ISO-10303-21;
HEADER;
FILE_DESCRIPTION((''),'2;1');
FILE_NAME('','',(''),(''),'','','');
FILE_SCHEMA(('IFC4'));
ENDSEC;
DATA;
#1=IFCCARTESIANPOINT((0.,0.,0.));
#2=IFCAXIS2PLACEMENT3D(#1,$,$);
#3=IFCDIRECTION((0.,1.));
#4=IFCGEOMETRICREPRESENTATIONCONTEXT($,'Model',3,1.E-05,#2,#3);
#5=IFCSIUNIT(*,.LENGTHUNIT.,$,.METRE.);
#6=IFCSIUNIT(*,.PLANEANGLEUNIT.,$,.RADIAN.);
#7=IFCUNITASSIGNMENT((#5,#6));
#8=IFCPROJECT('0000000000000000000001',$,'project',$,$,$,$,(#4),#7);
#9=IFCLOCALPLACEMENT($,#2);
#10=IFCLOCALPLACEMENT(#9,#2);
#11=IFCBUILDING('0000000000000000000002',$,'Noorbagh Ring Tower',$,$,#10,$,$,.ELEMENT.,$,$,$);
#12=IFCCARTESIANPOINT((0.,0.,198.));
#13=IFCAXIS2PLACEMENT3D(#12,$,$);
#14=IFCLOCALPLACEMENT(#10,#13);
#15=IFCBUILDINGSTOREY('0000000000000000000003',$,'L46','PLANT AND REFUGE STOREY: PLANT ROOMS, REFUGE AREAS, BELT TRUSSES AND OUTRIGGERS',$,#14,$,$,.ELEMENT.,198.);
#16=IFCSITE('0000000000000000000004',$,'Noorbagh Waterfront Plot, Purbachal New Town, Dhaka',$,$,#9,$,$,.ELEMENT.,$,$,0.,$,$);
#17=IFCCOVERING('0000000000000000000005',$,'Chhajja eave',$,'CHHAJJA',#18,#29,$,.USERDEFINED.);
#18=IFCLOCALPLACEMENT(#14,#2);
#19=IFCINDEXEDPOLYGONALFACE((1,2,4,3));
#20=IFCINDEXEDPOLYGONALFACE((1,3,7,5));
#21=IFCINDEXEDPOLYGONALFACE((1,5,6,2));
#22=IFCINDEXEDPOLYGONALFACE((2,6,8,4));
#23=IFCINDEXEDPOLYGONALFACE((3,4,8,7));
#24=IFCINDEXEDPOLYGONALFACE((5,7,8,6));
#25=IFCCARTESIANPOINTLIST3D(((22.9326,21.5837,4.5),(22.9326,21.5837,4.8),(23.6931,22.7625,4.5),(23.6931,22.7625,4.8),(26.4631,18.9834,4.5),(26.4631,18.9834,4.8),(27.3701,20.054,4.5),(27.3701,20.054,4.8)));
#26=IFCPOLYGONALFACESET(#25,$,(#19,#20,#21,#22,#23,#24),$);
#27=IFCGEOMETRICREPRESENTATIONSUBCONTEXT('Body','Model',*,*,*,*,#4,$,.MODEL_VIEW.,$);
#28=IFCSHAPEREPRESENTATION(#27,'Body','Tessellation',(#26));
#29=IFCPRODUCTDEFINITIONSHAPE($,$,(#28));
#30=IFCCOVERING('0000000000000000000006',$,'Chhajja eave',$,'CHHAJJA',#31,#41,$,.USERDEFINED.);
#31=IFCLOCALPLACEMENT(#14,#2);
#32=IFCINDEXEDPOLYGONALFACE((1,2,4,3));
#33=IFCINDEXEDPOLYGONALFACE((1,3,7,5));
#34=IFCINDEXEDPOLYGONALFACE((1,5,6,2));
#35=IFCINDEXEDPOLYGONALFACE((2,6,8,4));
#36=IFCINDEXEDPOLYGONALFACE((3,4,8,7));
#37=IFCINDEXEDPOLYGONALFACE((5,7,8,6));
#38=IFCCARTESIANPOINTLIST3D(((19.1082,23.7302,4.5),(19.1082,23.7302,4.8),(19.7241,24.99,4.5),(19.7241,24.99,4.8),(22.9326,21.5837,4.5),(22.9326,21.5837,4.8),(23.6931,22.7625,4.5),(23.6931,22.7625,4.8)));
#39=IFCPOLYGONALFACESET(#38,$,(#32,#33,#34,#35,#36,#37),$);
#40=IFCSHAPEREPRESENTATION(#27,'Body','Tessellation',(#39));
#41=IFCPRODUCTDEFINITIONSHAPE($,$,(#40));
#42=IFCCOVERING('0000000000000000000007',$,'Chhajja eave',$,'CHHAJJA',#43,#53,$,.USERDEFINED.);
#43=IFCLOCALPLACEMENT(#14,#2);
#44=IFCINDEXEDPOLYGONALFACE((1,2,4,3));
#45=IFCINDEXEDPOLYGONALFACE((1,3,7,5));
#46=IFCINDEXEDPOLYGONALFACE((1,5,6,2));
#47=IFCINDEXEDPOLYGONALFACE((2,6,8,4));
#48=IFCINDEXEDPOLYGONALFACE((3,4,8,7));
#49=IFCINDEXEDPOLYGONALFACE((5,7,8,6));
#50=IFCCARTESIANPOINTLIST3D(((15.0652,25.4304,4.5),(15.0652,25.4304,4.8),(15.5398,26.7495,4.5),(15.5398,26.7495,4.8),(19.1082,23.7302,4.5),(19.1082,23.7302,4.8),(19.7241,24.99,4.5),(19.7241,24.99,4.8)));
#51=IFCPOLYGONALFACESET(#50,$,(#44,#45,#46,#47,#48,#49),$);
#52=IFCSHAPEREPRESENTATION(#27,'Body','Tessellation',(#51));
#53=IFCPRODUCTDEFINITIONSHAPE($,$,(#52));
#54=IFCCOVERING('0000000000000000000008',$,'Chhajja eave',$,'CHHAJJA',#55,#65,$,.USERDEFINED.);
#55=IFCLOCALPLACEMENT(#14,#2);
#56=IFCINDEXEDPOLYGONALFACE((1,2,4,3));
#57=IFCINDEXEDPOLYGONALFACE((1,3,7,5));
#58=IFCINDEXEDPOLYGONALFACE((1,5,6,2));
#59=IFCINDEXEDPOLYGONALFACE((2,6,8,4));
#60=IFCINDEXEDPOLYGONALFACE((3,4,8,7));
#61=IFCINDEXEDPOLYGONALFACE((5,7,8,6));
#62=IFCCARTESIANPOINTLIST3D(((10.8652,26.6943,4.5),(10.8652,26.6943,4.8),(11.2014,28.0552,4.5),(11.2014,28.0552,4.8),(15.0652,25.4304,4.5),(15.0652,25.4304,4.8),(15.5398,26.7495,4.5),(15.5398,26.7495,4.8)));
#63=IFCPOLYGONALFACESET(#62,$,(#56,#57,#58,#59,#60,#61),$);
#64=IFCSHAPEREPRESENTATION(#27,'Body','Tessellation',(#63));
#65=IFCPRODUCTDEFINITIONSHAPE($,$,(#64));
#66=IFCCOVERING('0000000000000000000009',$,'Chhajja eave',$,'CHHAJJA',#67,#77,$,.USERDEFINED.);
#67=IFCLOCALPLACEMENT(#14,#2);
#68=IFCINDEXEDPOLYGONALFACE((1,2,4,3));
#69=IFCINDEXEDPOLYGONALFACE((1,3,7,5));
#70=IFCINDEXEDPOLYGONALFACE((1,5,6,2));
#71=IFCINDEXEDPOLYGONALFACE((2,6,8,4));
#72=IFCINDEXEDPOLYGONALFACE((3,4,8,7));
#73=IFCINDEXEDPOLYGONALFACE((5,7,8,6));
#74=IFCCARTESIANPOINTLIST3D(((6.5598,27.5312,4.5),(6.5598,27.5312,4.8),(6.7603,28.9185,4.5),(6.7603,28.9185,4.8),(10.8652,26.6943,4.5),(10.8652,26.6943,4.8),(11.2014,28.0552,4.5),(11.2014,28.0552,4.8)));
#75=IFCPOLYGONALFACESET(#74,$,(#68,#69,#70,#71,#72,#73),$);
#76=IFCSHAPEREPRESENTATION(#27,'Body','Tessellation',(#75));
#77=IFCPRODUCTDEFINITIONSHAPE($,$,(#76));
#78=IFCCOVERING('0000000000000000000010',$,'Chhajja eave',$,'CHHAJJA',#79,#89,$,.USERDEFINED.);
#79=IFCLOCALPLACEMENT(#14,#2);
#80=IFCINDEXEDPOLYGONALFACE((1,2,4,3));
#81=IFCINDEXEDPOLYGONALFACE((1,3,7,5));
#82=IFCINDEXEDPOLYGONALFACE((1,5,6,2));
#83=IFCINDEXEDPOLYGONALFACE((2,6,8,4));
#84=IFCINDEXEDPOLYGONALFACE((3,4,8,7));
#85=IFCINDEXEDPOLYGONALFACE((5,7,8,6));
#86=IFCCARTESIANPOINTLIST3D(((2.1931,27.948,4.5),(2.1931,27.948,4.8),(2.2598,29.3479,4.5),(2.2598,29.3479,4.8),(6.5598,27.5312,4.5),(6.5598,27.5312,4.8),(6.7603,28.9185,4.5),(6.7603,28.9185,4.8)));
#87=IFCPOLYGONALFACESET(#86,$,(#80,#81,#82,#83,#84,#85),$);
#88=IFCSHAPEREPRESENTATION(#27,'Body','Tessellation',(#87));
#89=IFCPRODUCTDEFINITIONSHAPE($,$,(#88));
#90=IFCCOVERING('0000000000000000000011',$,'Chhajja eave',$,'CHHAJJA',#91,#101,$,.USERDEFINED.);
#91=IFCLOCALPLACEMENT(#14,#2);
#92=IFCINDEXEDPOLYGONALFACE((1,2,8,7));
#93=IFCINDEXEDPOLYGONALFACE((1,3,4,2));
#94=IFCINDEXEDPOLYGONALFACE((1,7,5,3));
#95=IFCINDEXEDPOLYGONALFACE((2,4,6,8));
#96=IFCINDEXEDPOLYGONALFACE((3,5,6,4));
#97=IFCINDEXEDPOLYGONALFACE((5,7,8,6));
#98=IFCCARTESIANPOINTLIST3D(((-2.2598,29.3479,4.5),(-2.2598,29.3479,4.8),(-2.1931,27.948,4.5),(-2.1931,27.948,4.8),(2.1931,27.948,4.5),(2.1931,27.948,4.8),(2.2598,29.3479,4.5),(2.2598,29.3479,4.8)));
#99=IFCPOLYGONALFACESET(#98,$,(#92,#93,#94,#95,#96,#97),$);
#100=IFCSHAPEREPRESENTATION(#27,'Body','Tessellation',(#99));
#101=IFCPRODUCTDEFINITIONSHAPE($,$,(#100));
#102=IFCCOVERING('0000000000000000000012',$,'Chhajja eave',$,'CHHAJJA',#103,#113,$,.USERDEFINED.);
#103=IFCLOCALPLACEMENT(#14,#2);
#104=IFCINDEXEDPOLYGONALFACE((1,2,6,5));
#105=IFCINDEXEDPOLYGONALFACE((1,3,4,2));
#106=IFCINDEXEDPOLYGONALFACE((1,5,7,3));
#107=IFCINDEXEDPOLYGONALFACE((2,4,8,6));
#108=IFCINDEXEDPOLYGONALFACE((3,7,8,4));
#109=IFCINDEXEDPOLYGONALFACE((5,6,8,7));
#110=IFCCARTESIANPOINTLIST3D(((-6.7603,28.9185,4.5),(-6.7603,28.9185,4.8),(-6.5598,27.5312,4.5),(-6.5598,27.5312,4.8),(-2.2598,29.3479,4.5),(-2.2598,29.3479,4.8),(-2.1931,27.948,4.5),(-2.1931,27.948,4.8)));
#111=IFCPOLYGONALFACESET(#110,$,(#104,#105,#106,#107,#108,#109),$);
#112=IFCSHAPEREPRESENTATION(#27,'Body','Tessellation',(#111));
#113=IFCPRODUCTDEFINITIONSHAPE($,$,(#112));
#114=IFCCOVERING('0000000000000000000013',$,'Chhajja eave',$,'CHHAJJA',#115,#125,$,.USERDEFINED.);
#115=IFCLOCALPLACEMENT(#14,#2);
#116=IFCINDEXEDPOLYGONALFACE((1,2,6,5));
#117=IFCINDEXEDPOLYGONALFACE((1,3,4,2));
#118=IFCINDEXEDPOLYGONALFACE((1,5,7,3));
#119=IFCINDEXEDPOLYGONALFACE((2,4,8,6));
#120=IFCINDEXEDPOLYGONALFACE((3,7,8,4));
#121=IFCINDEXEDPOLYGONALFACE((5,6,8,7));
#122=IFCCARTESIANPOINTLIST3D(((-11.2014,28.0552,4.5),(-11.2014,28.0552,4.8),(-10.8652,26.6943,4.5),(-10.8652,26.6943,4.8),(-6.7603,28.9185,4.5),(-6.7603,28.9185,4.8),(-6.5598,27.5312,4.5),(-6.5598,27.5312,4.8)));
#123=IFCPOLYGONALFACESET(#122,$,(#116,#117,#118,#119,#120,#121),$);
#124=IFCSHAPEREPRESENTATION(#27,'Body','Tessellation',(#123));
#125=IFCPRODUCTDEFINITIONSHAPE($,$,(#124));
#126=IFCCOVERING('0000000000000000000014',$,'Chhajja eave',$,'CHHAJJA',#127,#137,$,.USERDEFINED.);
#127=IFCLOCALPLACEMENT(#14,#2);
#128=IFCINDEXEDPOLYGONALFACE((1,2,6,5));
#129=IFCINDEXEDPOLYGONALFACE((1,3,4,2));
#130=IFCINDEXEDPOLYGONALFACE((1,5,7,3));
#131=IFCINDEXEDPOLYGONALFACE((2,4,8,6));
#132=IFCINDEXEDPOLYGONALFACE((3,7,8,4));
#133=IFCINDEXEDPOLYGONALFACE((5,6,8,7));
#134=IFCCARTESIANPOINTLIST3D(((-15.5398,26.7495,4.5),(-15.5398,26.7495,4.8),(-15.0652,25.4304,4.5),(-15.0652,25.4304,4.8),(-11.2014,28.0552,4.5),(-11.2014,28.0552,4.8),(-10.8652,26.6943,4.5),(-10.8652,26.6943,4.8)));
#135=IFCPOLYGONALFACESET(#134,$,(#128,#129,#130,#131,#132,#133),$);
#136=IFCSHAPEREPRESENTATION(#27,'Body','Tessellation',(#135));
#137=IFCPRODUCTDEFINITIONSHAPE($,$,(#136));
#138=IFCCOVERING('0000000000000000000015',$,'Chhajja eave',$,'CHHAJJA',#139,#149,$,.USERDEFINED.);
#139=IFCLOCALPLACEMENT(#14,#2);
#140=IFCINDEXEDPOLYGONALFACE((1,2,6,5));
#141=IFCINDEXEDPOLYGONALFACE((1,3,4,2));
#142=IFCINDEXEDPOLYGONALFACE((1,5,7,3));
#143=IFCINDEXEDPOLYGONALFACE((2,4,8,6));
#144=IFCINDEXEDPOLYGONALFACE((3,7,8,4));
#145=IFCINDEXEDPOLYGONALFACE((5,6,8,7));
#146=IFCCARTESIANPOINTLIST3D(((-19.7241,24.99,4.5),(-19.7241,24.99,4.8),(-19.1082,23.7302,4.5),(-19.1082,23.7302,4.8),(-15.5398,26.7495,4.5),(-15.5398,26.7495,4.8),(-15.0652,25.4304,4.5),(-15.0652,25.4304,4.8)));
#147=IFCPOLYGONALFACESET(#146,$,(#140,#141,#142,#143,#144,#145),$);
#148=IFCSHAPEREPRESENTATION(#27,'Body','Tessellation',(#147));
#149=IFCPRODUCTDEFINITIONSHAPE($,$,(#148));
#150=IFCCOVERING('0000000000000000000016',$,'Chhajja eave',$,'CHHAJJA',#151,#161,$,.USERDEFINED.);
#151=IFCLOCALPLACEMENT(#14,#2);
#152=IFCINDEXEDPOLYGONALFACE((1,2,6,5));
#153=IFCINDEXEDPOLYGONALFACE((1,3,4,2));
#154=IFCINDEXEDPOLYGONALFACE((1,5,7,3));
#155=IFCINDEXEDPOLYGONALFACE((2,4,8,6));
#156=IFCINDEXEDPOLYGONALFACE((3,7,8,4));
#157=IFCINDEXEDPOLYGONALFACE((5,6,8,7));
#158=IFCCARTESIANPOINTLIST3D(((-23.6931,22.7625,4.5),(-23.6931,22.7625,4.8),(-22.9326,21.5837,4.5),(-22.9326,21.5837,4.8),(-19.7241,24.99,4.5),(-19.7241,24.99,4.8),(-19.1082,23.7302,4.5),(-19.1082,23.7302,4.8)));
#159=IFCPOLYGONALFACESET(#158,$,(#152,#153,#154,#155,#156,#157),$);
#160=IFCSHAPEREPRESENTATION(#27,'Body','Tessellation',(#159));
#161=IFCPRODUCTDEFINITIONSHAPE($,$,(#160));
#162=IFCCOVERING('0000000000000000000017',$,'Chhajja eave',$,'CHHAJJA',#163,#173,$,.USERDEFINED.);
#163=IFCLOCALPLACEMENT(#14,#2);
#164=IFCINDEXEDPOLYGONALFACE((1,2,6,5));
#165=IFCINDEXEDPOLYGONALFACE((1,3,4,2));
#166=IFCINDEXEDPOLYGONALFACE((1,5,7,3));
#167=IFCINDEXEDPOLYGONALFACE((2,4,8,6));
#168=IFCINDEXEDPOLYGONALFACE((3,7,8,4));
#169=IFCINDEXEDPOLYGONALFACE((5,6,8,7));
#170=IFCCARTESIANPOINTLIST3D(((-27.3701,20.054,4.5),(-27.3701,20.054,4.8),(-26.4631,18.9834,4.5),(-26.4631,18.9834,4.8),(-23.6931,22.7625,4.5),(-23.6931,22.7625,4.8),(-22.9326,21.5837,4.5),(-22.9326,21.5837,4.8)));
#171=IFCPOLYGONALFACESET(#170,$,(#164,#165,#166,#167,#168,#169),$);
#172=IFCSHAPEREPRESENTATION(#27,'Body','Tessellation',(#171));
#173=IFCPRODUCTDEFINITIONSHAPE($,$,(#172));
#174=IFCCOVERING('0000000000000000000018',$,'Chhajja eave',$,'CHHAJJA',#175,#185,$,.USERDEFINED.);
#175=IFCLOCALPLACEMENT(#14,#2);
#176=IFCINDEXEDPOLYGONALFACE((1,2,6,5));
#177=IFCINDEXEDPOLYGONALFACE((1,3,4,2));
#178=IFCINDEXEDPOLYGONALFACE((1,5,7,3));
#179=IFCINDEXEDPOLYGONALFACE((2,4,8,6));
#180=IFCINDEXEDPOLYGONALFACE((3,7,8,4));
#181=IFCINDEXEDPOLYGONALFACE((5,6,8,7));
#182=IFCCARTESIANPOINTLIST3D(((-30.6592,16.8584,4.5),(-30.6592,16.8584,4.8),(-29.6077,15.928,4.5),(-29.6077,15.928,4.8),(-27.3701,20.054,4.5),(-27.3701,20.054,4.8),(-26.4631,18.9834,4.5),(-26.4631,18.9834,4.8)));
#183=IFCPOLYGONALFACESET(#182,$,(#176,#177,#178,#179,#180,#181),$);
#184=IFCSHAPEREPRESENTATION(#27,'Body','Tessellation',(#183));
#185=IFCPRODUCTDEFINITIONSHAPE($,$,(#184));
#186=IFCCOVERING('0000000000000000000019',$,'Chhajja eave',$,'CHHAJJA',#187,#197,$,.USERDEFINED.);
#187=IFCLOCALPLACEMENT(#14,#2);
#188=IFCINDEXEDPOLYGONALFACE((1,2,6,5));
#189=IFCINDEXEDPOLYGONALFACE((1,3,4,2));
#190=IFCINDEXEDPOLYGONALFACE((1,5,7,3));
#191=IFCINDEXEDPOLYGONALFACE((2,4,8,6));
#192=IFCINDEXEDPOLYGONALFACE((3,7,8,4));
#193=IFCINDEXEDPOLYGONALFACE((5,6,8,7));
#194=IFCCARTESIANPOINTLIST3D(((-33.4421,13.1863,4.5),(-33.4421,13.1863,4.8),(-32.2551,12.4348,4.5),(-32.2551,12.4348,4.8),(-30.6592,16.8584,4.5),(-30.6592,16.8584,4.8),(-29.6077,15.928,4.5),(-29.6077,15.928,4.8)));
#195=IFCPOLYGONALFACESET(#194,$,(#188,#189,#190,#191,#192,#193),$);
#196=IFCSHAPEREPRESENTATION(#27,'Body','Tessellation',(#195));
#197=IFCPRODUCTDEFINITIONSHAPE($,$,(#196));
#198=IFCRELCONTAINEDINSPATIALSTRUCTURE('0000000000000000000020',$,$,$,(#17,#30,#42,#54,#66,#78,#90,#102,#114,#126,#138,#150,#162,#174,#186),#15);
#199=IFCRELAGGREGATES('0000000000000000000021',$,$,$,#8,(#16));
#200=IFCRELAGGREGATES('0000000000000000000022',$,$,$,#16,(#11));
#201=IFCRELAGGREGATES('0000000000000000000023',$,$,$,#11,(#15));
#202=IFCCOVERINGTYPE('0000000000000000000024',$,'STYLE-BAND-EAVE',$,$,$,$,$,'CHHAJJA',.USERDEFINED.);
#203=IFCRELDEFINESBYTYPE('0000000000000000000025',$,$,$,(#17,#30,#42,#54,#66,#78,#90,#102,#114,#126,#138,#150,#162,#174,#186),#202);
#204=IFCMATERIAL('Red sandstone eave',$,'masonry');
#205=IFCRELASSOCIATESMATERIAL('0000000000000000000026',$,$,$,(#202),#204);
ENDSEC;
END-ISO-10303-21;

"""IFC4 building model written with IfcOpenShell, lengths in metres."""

from ifc_helpers import new_model, si_unit, direction, frame, origin, place, context, subcontext, project, spatial, polyline, outline, extrude, material, type_object, element, save


model = new_model("IFC4")

# Units and contexts
model_context = context("Model", 3, precision=1e-05, world=origin(), true_north=direction((0.0, 1.0)))
body_context = subcontext(model_context, "Body", "Model", "MODEL_VIEW")
ifc_project = project(units=[si_unit("LENGTHUNIT", "METRE"), si_unit("PLANEANGLEUNIT", "RADIAN")], contexts=[model_context])

# Site, building, storey
site_placement = place(None, origin())
site = spatial("IfcSite", under=ifc_project, at=site_placement, Name="Noorbagh Waterfront Plot, Purbachal New Town, Dhaka", CompositionType="ELEMENT", RefElevation=0.0)
building_placement = place(site_placement, origin())
building = spatial("IfcBuilding", under=site, at=building_placement, Name="Noorbagh Ring Tower", CompositionType="ELEMENT")
storey_placement = place(building_placement, frame((0.0, 0.0, 198.0)))
storey = spatial("IfcBuildingStorey", under=building, at=storey_placement, Name="L46", Description="PLANT AND REFUGE STOREY: PLANT ROOMS, REFUGE AREAS, BELT TRUSSES AND OUTRIGGERS", CompositionType="ELEMENT", Elevation=198.0)

# Coverings
ifc_material = material(Name="Red sandstone eave", Category="masonry")
covering_type = type_object("IfcCoveringType", Name="STYLE-BAND-EAVE", ElementType="CHHAJJA", PredefinedType="USERDEFINED", material=ifc_material)
covering_1_placement = place(storey_placement, frame((0.0, 0.0, 4.5)))
element("IfcCovering", 1, at=covering_1_placement, inside=storey, type_object=covering_type, Name="Chhajja eave", ObjectType="CHHAJJA", PredefinedType="USERDEFINED", context=body_context, shape_type="SweptSolid", body=[
    extrude(outline(polyline([(26.4631, 18.9834), (22.9326, 21.5837), (23.6931, 22.7625), (27.3701, 20.054), (26.4631, 18.9834)])), origin(), (0.0, 0.0, 1.0), 0.3),
])
covering_2_placement = place(storey_placement, frame((0.0, 0.0, 4.5)))
element("IfcCovering", 2, at=covering_2_placement, inside=storey, type_object=covering_type, Name="Chhajja eave", ObjectType="CHHAJJA", PredefinedType="USERDEFINED", context=body_context, shape_type="SweptSolid", body=[
    extrude(outline(polyline([(22.9326, 21.5837), (19.1082, 23.7302), (19.7241, 24.99), (23.6931, 22.7625), (22.9326, 21.5837)])), origin(), (0.0, 0.0, 1.0), 0.3),
])
covering_3_placement = place(storey_placement, frame((0.0, 0.0, 4.5)))
element("IfcCovering", 3, at=covering_3_placement, inside=storey, type_object=covering_type, Name="Chhajja eave", ObjectType="CHHAJJA", PredefinedType="USERDEFINED", context=body_context, shape_type="SweptSolid", body=[
    extrude(outline(polyline([(19.1082, 23.7302), (15.0652, 25.4304), (15.5398, 26.7495), (19.7241, 24.99), (19.1082, 23.7302)])), origin(), (0.0, 0.0, 1.0), 0.3),
])
covering_4_placement = place(storey_placement, frame((0.0, 0.0, 4.5)))
element("IfcCovering", 4, at=covering_4_placement, inside=storey, type_object=covering_type, Name="Chhajja eave", ObjectType="CHHAJJA", PredefinedType="USERDEFINED", context=body_context, shape_type="SweptSolid", body=[
    extrude(outline(polyline([(15.0652, 25.4304), (10.8652, 26.6943), (11.2014, 28.0552), (15.5398, 26.7495), (15.0652, 25.4304)])), origin(), (0.0, 0.0, 1.0), 0.3),
])
covering_5_placement = place(storey_placement, frame((0.0, 0.0, 4.5)))
element("IfcCovering", 5, at=covering_5_placement, inside=storey, type_object=covering_type, Name="Chhajja eave", ObjectType="CHHAJJA", PredefinedType="USERDEFINED", context=body_context, shape_type="SweptSolid", body=[
    extrude(outline(polyline([(10.8652, 26.6943), (6.5598, 27.5312), (6.7603, 28.9185), (11.2014, 28.0552), (10.8652, 26.6943)])), origin(), (0.0, 0.0, 1.0), 0.3),
])
covering_6_placement = place(storey_placement, frame((0.0, 0.0, 4.5)))
element("IfcCovering", 6, at=covering_6_placement, inside=storey, type_object=covering_type, Name="Chhajja eave", ObjectType="CHHAJJA", PredefinedType="USERDEFINED", context=body_context, shape_type="SweptSolid", body=[
    extrude(outline(polyline([(6.5598, 27.5312), (2.1931, 27.948), (2.2598, 29.3479), (6.7603, 28.9185), (6.5598, 27.5312)])), origin(), (0.0, 0.0, 1.0), 0.3),
])
covering_7_placement = place(storey_placement, frame((0.0, 0.0, 4.5)))
element("IfcCovering", 7, at=covering_7_placement, inside=storey, type_object=covering_type, Name="Chhajja eave", ObjectType="CHHAJJA", PredefinedType="USERDEFINED", context=body_context, shape_type="SweptSolid", body=[
    extrude(outline(polyline([(2.1931, 27.948), (-2.1931, 27.948), (-2.2598, 29.3479), (2.2598, 29.3479), (2.1931, 27.948)])), origin(), (0.0, 0.0, 1.0), 0.3),
])
covering_8_placement = place(storey_placement, frame((0.0, 0.0, 4.5)))
element("IfcCovering", 8, at=covering_8_placement, inside=storey, type_object=covering_type, Name="Chhajja eave", ObjectType="CHHAJJA", PredefinedType="USERDEFINED", context=body_context, shape_type="SweptSolid", body=[
    extrude(outline(polyline([(-2.1931, 27.948), (-6.5598, 27.5312), (-6.7603, 28.9185), (-2.2598, 29.3479), (-2.1931, 27.948)])), origin(), (0.0, 0.0, 1.0), 0.3),
])
covering_9_placement = place(storey_placement, frame((0.0, 0.0, 4.5)))
element("IfcCovering", 9, at=covering_9_placement, inside=storey, type_object=covering_type, Name="Chhajja eave", ObjectType="CHHAJJA", PredefinedType="USERDEFINED", context=body_context, shape_type="SweptSolid", body=[
    extrude(outline(polyline([(-6.5598, 27.5312), (-10.8652, 26.6943), (-11.2014, 28.0552), (-6.7603, 28.9185), (-6.5598, 27.5312)])), origin(), (0.0, 0.0, 1.0), 0.3),
])
covering_10_placement = place(storey_placement, frame((0.0, 0.0, 4.5)))
element("IfcCovering", 10, at=covering_10_placement, inside=storey, type_object=covering_type, Name="Chhajja eave", ObjectType="CHHAJJA", PredefinedType="USERDEFINED", context=body_context, shape_type="SweptSolid", body=[
    extrude(outline(polyline([(-10.8652, 26.6943), (-15.0652, 25.4304), (-15.5398, 26.7495), (-11.2014, 28.0552), (-10.8652, 26.6943)])), origin(), (0.0, 0.0, 1.0), 0.3),
])
covering_11_placement = place(storey_placement, frame((0.0, 0.0, 4.5)))
element("IfcCovering", 11, at=covering_11_placement, inside=storey, type_object=covering_type, Name="Chhajja eave", ObjectType="CHHAJJA", PredefinedType="USERDEFINED", context=body_context, shape_type="SweptSolid", body=[
    extrude(outline(polyline([(-15.0652, 25.4304), (-19.1082, 23.7302), (-19.7241, 24.99), (-15.5398, 26.7495), (-15.0652, 25.4304)])), origin(), (0.0, 0.0, 1.0), 0.3),
])
covering_12_placement = place(storey_placement, frame((0.0, 0.0, 4.5)))
element("IfcCovering", 12, at=covering_12_placement, inside=storey, type_object=covering_type, Name="Chhajja eave", ObjectType="CHHAJJA", PredefinedType="USERDEFINED", context=body_context, shape_type="SweptSolid", body=[
    extrude(outline(polyline([(-19.1082, 23.7302), (-22.9326, 21.5837), (-23.6931, 22.7625), (-19.7241, 24.99), (-19.1082, 23.7302)])), origin(), (0.0, 0.0, 1.0), 0.3),
])
covering_13_placement = place(storey_placement, frame((0.0, 0.0, 4.5)))
element("IfcCovering", 13, at=covering_13_placement, inside=storey, type_object=covering_type, Name="Chhajja eave", ObjectType="CHHAJJA", PredefinedType="USERDEFINED", context=body_context, shape_type="SweptSolid", body=[
    extrude(outline(polyline([(-22.9326, 21.5837), (-26.4631, 18.9834), (-27.3701, 20.054), (-23.6931, 22.7625), (-22.9326, 21.5837)])), origin(), (0.0, 0.0, 1.0), 0.3),
])
covering_14_placement = place(storey_placement, frame((0.0, 0.0, 4.5)))
element("IfcCovering", 14, at=covering_14_placement, inside=storey, type_object=covering_type, Name="Chhajja eave", ObjectType="CHHAJJA", PredefinedType="USERDEFINED", context=body_context, shape_type="SweptSolid", body=[
    extrude(outline(polyline([(-26.4631, 18.9834), (-29.6077, 15.928), (-30.6592, 16.8584), (-27.3701, 20.054), (-26.4631, 18.9834)])), origin(), (0.0, 0.0, 1.0), 0.3),
])
covering_15_placement = place(storey_placement, frame((0.0, 0.0, 4.5)))
element("IfcCovering", 15, at=covering_15_placement, inside=storey, type_object=covering_type, Name="Chhajja eave", ObjectType="CHHAJJA", PredefinedType="USERDEFINED", context=body_context, shape_type="SweptSolid", body=[
    extrude(outline(polyline([(-29.6077, 15.928), (-32.2551, 12.4348), (-33.4421, 13.1863), (-30.6592, 16.8584), (-29.6077, 15.928)])), origin(), (0.0, 0.0, 1.0), 0.3),
])

save(model, "model.ifc")
